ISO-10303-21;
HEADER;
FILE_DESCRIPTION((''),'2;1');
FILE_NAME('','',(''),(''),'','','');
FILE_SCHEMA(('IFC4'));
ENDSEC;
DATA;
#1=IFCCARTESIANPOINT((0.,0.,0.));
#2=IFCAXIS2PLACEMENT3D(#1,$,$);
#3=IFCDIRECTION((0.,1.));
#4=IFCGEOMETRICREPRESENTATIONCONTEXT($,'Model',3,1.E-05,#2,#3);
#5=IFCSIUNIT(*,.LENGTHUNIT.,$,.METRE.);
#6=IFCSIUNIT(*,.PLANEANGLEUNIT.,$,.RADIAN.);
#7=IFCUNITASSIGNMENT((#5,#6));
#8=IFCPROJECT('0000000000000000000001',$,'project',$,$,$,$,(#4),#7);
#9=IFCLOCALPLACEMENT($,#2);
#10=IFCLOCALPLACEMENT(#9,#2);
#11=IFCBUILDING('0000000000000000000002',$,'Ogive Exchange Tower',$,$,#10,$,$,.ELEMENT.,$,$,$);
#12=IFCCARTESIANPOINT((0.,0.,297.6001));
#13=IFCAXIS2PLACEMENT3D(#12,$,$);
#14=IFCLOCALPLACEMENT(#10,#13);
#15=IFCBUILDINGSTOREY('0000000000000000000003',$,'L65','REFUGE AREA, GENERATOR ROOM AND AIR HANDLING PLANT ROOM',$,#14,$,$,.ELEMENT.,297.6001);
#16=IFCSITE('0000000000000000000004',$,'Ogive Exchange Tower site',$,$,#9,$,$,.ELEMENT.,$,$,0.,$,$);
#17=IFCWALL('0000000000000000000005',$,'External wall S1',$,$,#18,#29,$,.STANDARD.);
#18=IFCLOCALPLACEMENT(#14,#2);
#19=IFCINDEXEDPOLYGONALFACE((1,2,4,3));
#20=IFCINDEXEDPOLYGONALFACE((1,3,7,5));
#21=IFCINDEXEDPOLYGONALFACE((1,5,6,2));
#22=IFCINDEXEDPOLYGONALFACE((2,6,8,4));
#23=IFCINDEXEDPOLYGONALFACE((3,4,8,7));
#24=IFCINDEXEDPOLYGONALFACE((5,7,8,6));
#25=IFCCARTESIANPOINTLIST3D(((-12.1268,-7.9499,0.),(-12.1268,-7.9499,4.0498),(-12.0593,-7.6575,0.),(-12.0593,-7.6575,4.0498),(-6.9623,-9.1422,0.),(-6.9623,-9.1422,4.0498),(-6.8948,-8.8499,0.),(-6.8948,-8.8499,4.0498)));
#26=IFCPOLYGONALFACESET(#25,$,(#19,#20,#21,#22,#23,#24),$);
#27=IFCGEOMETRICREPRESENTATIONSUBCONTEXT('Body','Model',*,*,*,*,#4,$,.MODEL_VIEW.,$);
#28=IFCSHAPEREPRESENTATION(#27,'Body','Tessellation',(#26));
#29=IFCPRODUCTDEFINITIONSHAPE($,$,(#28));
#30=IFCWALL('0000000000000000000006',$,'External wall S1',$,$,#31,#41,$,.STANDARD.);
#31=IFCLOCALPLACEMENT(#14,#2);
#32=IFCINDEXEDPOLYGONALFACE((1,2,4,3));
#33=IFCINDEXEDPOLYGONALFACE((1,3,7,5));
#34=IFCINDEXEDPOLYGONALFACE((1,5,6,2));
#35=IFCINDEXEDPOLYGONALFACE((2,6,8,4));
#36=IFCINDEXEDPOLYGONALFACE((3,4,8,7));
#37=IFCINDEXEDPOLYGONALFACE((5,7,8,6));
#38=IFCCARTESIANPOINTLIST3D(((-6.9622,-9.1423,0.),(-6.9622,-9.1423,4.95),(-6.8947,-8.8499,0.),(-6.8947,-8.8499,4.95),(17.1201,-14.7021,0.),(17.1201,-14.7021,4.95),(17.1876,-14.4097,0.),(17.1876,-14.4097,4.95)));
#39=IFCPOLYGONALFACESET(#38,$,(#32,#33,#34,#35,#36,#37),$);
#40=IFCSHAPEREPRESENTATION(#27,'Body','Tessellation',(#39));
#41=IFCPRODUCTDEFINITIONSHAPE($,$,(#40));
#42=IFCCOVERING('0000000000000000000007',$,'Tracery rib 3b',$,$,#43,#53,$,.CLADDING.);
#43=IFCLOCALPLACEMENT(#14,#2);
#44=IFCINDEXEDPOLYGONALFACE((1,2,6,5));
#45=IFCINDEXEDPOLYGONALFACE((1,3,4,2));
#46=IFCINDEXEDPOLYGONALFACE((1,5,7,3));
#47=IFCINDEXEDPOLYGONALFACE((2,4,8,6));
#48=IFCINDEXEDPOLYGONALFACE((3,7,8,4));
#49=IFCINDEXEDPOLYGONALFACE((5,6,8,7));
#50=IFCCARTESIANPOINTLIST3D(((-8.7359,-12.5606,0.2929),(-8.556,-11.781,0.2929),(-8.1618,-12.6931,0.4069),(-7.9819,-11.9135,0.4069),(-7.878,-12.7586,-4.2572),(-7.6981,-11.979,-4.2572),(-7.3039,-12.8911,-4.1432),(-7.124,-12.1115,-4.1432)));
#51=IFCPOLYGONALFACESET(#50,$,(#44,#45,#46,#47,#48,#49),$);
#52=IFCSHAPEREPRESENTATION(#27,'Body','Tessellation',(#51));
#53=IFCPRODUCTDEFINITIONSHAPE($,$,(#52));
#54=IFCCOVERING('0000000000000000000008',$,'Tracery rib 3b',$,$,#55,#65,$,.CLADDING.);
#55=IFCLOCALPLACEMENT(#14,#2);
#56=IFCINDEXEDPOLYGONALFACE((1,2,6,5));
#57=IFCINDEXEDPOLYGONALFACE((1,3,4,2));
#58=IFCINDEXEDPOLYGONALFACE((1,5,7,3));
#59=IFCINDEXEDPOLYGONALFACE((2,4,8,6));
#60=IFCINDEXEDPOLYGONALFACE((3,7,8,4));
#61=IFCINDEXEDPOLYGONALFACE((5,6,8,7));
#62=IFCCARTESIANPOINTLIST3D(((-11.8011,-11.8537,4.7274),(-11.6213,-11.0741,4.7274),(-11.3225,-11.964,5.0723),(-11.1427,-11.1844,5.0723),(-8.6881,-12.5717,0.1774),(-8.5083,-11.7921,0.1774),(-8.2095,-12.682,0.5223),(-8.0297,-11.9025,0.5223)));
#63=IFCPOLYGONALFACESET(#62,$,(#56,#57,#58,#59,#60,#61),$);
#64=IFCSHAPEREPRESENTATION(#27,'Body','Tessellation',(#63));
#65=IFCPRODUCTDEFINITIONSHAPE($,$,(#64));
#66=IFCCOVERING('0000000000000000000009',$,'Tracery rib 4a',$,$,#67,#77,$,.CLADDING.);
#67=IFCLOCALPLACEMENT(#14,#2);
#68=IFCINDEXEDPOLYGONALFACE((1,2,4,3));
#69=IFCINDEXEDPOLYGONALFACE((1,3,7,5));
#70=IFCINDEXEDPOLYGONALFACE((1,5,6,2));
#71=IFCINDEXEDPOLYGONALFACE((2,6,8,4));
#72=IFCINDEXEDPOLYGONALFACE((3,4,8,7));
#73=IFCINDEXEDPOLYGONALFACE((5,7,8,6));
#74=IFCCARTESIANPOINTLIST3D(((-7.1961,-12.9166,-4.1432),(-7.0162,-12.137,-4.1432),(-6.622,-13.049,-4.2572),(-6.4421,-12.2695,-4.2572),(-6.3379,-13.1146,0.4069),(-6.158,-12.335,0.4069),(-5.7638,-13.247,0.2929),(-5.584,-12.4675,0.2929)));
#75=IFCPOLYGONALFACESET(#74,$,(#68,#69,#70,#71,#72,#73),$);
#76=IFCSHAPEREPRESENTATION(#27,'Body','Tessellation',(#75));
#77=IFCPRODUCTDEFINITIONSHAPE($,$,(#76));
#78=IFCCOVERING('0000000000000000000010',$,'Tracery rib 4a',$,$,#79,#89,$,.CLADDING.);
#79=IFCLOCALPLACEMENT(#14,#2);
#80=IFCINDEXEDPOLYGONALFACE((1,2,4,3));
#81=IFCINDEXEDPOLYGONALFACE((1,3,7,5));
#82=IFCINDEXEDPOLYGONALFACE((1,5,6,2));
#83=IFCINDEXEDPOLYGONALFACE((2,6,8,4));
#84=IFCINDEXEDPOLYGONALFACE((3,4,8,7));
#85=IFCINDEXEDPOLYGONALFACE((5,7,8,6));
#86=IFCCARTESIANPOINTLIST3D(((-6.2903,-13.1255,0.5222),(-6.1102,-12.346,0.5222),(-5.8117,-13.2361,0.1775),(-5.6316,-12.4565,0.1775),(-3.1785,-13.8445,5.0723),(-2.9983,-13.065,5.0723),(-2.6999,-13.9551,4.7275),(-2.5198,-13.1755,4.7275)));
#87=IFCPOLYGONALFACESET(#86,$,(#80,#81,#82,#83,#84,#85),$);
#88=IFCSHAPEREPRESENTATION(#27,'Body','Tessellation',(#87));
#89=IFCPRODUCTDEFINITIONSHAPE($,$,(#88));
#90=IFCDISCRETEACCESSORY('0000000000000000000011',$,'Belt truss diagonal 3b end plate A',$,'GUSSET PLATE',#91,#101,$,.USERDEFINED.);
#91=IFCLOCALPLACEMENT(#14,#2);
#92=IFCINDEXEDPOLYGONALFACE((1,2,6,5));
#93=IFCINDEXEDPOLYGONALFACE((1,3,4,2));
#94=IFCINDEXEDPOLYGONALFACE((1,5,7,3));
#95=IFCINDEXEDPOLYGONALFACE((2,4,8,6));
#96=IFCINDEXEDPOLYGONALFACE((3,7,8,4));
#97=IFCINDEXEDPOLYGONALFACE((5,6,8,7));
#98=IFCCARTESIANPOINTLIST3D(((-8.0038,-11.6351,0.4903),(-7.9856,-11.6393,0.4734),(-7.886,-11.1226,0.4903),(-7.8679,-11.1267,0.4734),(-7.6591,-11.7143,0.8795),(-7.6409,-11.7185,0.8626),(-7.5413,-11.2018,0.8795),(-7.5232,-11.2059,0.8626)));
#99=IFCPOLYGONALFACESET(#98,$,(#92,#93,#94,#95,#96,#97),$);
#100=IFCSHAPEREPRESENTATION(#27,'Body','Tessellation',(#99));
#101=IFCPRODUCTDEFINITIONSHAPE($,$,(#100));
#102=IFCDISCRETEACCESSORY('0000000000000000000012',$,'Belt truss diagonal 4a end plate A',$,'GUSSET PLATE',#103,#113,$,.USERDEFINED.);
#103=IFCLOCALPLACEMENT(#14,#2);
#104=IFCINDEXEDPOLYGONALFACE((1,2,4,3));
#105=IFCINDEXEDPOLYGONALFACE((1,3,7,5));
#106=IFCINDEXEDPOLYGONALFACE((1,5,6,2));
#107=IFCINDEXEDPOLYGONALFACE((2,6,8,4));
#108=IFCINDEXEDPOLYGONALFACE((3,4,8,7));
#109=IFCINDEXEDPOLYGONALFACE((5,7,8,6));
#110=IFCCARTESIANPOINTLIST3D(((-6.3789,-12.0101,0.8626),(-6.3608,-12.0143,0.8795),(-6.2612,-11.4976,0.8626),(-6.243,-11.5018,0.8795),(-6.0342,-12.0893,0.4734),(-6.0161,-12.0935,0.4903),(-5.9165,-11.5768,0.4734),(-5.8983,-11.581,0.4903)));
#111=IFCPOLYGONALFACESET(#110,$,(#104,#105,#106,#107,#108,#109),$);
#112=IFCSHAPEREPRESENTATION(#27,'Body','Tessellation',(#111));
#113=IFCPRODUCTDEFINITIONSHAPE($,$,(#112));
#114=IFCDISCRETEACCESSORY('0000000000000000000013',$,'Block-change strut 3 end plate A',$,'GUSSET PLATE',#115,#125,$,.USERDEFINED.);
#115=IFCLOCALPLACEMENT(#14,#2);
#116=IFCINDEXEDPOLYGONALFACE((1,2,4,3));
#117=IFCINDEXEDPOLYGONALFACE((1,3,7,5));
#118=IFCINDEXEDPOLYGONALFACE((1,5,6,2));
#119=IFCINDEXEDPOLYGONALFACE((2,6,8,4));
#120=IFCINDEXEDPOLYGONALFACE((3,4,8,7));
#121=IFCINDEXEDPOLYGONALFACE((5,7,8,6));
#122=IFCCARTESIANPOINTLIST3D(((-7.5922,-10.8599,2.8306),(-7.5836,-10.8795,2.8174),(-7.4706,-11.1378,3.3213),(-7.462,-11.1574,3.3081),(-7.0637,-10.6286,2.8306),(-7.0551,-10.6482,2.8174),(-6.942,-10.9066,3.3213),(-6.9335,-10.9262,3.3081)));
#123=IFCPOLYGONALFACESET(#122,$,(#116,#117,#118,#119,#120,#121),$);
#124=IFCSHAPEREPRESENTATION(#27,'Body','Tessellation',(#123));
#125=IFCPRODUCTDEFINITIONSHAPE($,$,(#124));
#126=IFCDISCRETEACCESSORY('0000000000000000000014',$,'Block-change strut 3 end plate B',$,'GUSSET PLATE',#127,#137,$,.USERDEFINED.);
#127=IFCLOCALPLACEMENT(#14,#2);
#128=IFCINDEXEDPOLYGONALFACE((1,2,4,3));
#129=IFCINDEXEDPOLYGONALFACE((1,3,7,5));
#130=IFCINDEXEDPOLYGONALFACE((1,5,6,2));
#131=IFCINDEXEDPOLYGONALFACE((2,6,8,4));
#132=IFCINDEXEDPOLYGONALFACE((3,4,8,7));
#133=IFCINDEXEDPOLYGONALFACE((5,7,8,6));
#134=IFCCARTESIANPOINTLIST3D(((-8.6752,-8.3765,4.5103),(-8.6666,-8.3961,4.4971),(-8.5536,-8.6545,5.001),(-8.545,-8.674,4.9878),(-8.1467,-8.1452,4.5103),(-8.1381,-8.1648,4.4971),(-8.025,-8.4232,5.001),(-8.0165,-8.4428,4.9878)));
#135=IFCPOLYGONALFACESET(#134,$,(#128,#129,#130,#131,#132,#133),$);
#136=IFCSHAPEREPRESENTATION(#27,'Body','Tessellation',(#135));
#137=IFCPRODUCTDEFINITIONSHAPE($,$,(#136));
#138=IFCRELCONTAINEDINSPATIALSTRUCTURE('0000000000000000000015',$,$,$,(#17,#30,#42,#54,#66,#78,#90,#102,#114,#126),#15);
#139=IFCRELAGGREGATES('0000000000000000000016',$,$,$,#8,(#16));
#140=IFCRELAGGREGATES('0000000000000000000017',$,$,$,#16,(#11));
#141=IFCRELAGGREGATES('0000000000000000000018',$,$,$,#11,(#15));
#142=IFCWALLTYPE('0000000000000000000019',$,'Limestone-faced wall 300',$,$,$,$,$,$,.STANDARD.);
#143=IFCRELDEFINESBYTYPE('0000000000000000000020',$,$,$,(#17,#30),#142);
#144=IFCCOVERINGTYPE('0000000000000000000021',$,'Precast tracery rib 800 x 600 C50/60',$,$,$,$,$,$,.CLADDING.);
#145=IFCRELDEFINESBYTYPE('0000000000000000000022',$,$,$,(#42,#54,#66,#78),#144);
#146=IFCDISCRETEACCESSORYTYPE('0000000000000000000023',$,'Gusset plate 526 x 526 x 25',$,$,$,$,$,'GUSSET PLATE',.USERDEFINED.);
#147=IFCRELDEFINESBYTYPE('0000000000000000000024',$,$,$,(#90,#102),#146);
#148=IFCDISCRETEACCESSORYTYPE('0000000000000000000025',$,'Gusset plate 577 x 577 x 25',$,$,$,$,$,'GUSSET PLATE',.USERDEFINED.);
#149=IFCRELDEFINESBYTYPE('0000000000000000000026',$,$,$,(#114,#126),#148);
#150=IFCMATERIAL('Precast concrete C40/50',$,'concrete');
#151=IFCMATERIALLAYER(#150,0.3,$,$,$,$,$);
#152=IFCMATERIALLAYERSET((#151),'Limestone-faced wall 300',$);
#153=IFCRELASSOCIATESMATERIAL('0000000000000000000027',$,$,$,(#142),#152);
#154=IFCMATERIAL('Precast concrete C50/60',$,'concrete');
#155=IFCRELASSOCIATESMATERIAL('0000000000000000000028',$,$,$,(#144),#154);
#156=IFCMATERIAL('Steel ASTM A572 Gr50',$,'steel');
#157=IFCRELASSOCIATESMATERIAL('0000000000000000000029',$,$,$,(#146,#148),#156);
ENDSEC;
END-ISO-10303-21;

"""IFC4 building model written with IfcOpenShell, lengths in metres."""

from ifc_helpers import new_model, si_unit, direction, frame, frame_2d, origin, origin_2d, place, context, subcontext, project, spatial, rectangle, extrude, material, layer, layer_set, material_profile, profile_set, type_object, element, save


model = new_model("IFC4")

# Units and contexts
model_context = context("Model", 3, precision=1e-05, world=origin(), true_north=direction((0.0, 1.0)))
body_context = subcontext(model_context, "Body", "Model", "MODEL_VIEW")
ifc_project = project(units=[si_unit("LENGTHUNIT", "METRE"), si_unit("PLANEANGLEUNIT", "RADIAN")], contexts=[model_context])

# Site, building, storey
site_placement = place(None, origin())
site = spatial("IfcSite", under=ifc_project, at=site_placement, Name="Ogive Exchange Tower site", CompositionType="ELEMENT", RefElevation=0.0)
building_placement = place(site_placement, origin())
building = spatial("IfcBuilding", under=site, at=building_placement, Name="Ogive Exchange Tower", CompositionType="ELEMENT")
storey_placement = place(building_placement, frame((0.0, 0.0, 297.6001)))
storey = spatial("IfcBuildingStorey", under=building, at=storey_placement, Name="L65", Description="REFUGE AREA, GENERATOR ROOM AND AIR HANDLING PLANT ROOM", CompositionType="ELEMENT", Elevation=297.6001)

# Walls
ifc_material_1 = material(Name="Precast concrete C40/50", Category="concrete")
ifc_layer_1 = layer(ifc_material_1, 0.3)
ifc_layer_set_1 = layer_set([ifc_layer_1], Name="Limestone-faced wall 300")
wall_type_1 = type_object("IfcWallType", Name="Limestone-faced wall 300", PredefinedType="STANDARD", material=ifc_layer_set_1)
wall_1_placement = place(storey_placement, frame((-12.093, -7.8037, 0.0), z_axis=(0.0, 0.0, 1.0), x_axis=(0.974368, -0.22496, 0.0)))
element("IfcWall", 1, at=wall_1_placement, inside=storey, type_object=wall_type_1, Name="External wall S1", PredefinedType="STANDARD", context=body_context, shape_type="SweptSolid", body=[
    extrude(rectangle(XDim=5.3003, YDim=0.3, at=frame_2d((2.6501, 0.0))), origin(), (0.0, 0.0, 1.0), 4.0498),
])
wall_2_placement = place(storey_placement, frame((-6.9285, -8.9961, 0.0), z_axis=(0.0, 0.0, 1.0), x_axis=(0.97437, -0.22495, 0.0)))
element("IfcWall", 2, at=wall_2_placement, inside=storey, type_object=wall_type_1, Name="External wall S1", PredefinedType="STANDARD", context=body_context, shape_type="SweptSolid", body=[
    extrude(rectangle(XDim=24.7158, YDim=0.3, at=frame_2d((12.3579, 0.0))), origin(), (0.0, 0.0, 1.0), 4.95),
])

# Coverings
ifc_material_2 = material(Name="Precast concrete C50/60", Category="concrete")
ifc_material_profile_1 = material_profile(ifc_material_2, rectangle(XDim=0.8, YDim=0.6001, at=origin_2d()), Name="RIB 800 x 600")
ifc_profile_set_1 = profile_set([ifc_material_profile_1], Name="Precast concrete C50/60")
covering_type = type_object("IfcCoveringType", Name="Precast tracery rib 800 x 600 C50/60", PredefinedType="CLADDING", material=ifc_profile_set_1)
covering_1_placement = place(storey_placement, frame((-7.501, -12.4351, -4.2002), z_axis=(-0.185116, 0.042723, 0.981788), x_axis=(-0.22488, -0.974387, 0.0)))
element("IfcCovering", 3, at=covering_1_placement, inside=storey, type_object=covering_type, Name="Tracery rib 3b", PredefinedType="CLADDING", context=body_context, shape_type="SweptSolid", body=[
    extrude(rectangle(XDim=0.8, YDim=0.6001, at=origin_2d()), origin(), (0.0, 0.0, 1.0), 4.6345),
])
covering_2_placement = place(storey_placement, frame((-8.3589, -12.2371, 0.3499), z_axis=(-0.559936, 0.129148, 0.818408), x_axis=(-0.224748, -0.974417, 0.0)))
element("IfcCovering", 4, at=covering_2_placement, inside=storey, type_object=covering_type, Name="Tracery rib 3b", PredefinedType="CLADDING", context=body_context, shape_type="SweptSolid", body=[
    extrude(rectangle(XDim=0.8, YDim=0.6001, at=origin_2d()), origin(), (0.0, 0.0, 1.0), 5.5596),
])
covering_3_placement = place(storey_placement, frame((-6.8191, -12.593, -4.2002), z_axis=(0.185167, -0.042723, 0.981778), x_axis=(0.224819, 0.974401, 0.0)))
element("IfcCovering", 5, at=covering_3_placement, inside=storey, type_object=covering_type, Name="Tracery rib 4a", PredefinedType="CLADDING", context=body_context, shape_type="SweptSolid", body=[
    extrude(rectangle(XDim=0.8, YDim=0.6001, at=origin_2d()), origin(), (0.0, 0.0, 1.0), 4.6345),
])
covering_4_placement = place(storey_placement, frame((-5.9609, -12.791, 0.3499), z_axis=(0.559772, -0.129337, 0.81849), x_axis=(0.225122, 0.974331, 0.0)))
element("IfcCovering", 6, at=covering_4_placement, inside=storey, type_object=covering_type, Name="Tracery rib 4a", PredefinedType="CLADDING", context=body_context, shape_type="SweptSolid", body=[
    extrude(rectangle(XDim=0.8, YDim=0.6001, at=origin_2d()), origin(), (0.0, 0.0, 1.0), 5.5591),
])

# Discrete accessories
ifc_material_3 = material(Name="Steel ASTM A572 Gr50", Category="steel")
ifc_material_profile_2 = material_profile(ifc_material_3, rectangle(XDim=0.5259, YDim=0.5259, at=origin_2d()), Name="PL 526 x 526 x 25")
ifc_profile_set_2 = profile_set([ifc_material_profile_2], Name="Steel ASTM A572 Gr50")
discrete_accessory_type_1 = type_object("IfcDiscreteAccessoryType", Name="Gusset plate 526 x 526 x 25", ElementType="GUSSET PLATE", PredefinedType="USERDEFINED", material=ifc_profile_set_2)
for number, where, z_axis, x_axis, name in (
    (7, (-7.7544, -11.4226, 0.668), (-0.721274, 0.165698, 0.672539), (-0.223898, -0.974613, 0.0), "Belt truss diagonal 3b end plate A"),
    (8, (-6.1477, -11.7935, 0.668), (0.721274, -0.165698, 0.672539), (0.223898, 0.974613, 0.0), "Belt truss diagonal 4a end plate A"),
):
    element("IfcDiscreteAccessory", number, at=place(storey_placement, frame(where, z_axis=z_axis, x_axis=x_axis)), inside=storey, type_object=discrete_accessory_type_1, Name=name, ObjectType="GUSSET PLATE", PredefinedType="USERDEFINED", context=body_context, shape_type="SweptSolid", body=[
        extrude(rectangle(XDim=0.5259, YDim=0.5259, at=origin_2d()), origin(), (0.0, 0.0, 1.0), 0.0251),
    ])
ifc_material_profile_3 = material_profile(ifc_material_3, rectangle(XDim=0.5769, YDim=0.5769, at=origin_2d()), Name="PL 577 x 577 x 25")
ifc_profile_set_3 = profile_set([ifc_material_profile_3], Name="Steel ASTM A572 Gr50")
discrete_accessory_type_2 = type_object("IfcDiscreteAccessoryType", Name="Gusset plate 577 x 577 x 25", ElementType="GUSSET PLATE", PredefinedType="USERDEFINED", material=ifc_profile_set_3)
for number, where, z_axis, x_axis, name in (
    (9, (-7.2585, -10.9028, 3.0627), (-0.3409, 0.7792, 0.52596), (-0.916157, -0.400819, 0.0), "Block-change strut 3 end plate A"),
    (10, (-8.3416, -8.4194, 4.7424), (-0.3409, 0.7792, 0.52596), (-0.916157, -0.400819, 0.0), "Block-change strut 3 end plate B"),
):
    element("IfcDiscreteAccessory", number, at=place(storey_placement, frame(where, z_axis=z_axis, x_axis=x_axis)), inside=storey, type_object=discrete_accessory_type_2, Name=name, ObjectType="GUSSET PLATE", PredefinedType="USERDEFINED", context=body_context, shape_type="SweptSolid", body=[
        extrude(rectangle(XDim=0.5769, YDim=0.5769, at=origin_2d()), origin(), (0.0, 0.0, 1.0), 0.0251),
    ])

save(model, "model.ifc")
